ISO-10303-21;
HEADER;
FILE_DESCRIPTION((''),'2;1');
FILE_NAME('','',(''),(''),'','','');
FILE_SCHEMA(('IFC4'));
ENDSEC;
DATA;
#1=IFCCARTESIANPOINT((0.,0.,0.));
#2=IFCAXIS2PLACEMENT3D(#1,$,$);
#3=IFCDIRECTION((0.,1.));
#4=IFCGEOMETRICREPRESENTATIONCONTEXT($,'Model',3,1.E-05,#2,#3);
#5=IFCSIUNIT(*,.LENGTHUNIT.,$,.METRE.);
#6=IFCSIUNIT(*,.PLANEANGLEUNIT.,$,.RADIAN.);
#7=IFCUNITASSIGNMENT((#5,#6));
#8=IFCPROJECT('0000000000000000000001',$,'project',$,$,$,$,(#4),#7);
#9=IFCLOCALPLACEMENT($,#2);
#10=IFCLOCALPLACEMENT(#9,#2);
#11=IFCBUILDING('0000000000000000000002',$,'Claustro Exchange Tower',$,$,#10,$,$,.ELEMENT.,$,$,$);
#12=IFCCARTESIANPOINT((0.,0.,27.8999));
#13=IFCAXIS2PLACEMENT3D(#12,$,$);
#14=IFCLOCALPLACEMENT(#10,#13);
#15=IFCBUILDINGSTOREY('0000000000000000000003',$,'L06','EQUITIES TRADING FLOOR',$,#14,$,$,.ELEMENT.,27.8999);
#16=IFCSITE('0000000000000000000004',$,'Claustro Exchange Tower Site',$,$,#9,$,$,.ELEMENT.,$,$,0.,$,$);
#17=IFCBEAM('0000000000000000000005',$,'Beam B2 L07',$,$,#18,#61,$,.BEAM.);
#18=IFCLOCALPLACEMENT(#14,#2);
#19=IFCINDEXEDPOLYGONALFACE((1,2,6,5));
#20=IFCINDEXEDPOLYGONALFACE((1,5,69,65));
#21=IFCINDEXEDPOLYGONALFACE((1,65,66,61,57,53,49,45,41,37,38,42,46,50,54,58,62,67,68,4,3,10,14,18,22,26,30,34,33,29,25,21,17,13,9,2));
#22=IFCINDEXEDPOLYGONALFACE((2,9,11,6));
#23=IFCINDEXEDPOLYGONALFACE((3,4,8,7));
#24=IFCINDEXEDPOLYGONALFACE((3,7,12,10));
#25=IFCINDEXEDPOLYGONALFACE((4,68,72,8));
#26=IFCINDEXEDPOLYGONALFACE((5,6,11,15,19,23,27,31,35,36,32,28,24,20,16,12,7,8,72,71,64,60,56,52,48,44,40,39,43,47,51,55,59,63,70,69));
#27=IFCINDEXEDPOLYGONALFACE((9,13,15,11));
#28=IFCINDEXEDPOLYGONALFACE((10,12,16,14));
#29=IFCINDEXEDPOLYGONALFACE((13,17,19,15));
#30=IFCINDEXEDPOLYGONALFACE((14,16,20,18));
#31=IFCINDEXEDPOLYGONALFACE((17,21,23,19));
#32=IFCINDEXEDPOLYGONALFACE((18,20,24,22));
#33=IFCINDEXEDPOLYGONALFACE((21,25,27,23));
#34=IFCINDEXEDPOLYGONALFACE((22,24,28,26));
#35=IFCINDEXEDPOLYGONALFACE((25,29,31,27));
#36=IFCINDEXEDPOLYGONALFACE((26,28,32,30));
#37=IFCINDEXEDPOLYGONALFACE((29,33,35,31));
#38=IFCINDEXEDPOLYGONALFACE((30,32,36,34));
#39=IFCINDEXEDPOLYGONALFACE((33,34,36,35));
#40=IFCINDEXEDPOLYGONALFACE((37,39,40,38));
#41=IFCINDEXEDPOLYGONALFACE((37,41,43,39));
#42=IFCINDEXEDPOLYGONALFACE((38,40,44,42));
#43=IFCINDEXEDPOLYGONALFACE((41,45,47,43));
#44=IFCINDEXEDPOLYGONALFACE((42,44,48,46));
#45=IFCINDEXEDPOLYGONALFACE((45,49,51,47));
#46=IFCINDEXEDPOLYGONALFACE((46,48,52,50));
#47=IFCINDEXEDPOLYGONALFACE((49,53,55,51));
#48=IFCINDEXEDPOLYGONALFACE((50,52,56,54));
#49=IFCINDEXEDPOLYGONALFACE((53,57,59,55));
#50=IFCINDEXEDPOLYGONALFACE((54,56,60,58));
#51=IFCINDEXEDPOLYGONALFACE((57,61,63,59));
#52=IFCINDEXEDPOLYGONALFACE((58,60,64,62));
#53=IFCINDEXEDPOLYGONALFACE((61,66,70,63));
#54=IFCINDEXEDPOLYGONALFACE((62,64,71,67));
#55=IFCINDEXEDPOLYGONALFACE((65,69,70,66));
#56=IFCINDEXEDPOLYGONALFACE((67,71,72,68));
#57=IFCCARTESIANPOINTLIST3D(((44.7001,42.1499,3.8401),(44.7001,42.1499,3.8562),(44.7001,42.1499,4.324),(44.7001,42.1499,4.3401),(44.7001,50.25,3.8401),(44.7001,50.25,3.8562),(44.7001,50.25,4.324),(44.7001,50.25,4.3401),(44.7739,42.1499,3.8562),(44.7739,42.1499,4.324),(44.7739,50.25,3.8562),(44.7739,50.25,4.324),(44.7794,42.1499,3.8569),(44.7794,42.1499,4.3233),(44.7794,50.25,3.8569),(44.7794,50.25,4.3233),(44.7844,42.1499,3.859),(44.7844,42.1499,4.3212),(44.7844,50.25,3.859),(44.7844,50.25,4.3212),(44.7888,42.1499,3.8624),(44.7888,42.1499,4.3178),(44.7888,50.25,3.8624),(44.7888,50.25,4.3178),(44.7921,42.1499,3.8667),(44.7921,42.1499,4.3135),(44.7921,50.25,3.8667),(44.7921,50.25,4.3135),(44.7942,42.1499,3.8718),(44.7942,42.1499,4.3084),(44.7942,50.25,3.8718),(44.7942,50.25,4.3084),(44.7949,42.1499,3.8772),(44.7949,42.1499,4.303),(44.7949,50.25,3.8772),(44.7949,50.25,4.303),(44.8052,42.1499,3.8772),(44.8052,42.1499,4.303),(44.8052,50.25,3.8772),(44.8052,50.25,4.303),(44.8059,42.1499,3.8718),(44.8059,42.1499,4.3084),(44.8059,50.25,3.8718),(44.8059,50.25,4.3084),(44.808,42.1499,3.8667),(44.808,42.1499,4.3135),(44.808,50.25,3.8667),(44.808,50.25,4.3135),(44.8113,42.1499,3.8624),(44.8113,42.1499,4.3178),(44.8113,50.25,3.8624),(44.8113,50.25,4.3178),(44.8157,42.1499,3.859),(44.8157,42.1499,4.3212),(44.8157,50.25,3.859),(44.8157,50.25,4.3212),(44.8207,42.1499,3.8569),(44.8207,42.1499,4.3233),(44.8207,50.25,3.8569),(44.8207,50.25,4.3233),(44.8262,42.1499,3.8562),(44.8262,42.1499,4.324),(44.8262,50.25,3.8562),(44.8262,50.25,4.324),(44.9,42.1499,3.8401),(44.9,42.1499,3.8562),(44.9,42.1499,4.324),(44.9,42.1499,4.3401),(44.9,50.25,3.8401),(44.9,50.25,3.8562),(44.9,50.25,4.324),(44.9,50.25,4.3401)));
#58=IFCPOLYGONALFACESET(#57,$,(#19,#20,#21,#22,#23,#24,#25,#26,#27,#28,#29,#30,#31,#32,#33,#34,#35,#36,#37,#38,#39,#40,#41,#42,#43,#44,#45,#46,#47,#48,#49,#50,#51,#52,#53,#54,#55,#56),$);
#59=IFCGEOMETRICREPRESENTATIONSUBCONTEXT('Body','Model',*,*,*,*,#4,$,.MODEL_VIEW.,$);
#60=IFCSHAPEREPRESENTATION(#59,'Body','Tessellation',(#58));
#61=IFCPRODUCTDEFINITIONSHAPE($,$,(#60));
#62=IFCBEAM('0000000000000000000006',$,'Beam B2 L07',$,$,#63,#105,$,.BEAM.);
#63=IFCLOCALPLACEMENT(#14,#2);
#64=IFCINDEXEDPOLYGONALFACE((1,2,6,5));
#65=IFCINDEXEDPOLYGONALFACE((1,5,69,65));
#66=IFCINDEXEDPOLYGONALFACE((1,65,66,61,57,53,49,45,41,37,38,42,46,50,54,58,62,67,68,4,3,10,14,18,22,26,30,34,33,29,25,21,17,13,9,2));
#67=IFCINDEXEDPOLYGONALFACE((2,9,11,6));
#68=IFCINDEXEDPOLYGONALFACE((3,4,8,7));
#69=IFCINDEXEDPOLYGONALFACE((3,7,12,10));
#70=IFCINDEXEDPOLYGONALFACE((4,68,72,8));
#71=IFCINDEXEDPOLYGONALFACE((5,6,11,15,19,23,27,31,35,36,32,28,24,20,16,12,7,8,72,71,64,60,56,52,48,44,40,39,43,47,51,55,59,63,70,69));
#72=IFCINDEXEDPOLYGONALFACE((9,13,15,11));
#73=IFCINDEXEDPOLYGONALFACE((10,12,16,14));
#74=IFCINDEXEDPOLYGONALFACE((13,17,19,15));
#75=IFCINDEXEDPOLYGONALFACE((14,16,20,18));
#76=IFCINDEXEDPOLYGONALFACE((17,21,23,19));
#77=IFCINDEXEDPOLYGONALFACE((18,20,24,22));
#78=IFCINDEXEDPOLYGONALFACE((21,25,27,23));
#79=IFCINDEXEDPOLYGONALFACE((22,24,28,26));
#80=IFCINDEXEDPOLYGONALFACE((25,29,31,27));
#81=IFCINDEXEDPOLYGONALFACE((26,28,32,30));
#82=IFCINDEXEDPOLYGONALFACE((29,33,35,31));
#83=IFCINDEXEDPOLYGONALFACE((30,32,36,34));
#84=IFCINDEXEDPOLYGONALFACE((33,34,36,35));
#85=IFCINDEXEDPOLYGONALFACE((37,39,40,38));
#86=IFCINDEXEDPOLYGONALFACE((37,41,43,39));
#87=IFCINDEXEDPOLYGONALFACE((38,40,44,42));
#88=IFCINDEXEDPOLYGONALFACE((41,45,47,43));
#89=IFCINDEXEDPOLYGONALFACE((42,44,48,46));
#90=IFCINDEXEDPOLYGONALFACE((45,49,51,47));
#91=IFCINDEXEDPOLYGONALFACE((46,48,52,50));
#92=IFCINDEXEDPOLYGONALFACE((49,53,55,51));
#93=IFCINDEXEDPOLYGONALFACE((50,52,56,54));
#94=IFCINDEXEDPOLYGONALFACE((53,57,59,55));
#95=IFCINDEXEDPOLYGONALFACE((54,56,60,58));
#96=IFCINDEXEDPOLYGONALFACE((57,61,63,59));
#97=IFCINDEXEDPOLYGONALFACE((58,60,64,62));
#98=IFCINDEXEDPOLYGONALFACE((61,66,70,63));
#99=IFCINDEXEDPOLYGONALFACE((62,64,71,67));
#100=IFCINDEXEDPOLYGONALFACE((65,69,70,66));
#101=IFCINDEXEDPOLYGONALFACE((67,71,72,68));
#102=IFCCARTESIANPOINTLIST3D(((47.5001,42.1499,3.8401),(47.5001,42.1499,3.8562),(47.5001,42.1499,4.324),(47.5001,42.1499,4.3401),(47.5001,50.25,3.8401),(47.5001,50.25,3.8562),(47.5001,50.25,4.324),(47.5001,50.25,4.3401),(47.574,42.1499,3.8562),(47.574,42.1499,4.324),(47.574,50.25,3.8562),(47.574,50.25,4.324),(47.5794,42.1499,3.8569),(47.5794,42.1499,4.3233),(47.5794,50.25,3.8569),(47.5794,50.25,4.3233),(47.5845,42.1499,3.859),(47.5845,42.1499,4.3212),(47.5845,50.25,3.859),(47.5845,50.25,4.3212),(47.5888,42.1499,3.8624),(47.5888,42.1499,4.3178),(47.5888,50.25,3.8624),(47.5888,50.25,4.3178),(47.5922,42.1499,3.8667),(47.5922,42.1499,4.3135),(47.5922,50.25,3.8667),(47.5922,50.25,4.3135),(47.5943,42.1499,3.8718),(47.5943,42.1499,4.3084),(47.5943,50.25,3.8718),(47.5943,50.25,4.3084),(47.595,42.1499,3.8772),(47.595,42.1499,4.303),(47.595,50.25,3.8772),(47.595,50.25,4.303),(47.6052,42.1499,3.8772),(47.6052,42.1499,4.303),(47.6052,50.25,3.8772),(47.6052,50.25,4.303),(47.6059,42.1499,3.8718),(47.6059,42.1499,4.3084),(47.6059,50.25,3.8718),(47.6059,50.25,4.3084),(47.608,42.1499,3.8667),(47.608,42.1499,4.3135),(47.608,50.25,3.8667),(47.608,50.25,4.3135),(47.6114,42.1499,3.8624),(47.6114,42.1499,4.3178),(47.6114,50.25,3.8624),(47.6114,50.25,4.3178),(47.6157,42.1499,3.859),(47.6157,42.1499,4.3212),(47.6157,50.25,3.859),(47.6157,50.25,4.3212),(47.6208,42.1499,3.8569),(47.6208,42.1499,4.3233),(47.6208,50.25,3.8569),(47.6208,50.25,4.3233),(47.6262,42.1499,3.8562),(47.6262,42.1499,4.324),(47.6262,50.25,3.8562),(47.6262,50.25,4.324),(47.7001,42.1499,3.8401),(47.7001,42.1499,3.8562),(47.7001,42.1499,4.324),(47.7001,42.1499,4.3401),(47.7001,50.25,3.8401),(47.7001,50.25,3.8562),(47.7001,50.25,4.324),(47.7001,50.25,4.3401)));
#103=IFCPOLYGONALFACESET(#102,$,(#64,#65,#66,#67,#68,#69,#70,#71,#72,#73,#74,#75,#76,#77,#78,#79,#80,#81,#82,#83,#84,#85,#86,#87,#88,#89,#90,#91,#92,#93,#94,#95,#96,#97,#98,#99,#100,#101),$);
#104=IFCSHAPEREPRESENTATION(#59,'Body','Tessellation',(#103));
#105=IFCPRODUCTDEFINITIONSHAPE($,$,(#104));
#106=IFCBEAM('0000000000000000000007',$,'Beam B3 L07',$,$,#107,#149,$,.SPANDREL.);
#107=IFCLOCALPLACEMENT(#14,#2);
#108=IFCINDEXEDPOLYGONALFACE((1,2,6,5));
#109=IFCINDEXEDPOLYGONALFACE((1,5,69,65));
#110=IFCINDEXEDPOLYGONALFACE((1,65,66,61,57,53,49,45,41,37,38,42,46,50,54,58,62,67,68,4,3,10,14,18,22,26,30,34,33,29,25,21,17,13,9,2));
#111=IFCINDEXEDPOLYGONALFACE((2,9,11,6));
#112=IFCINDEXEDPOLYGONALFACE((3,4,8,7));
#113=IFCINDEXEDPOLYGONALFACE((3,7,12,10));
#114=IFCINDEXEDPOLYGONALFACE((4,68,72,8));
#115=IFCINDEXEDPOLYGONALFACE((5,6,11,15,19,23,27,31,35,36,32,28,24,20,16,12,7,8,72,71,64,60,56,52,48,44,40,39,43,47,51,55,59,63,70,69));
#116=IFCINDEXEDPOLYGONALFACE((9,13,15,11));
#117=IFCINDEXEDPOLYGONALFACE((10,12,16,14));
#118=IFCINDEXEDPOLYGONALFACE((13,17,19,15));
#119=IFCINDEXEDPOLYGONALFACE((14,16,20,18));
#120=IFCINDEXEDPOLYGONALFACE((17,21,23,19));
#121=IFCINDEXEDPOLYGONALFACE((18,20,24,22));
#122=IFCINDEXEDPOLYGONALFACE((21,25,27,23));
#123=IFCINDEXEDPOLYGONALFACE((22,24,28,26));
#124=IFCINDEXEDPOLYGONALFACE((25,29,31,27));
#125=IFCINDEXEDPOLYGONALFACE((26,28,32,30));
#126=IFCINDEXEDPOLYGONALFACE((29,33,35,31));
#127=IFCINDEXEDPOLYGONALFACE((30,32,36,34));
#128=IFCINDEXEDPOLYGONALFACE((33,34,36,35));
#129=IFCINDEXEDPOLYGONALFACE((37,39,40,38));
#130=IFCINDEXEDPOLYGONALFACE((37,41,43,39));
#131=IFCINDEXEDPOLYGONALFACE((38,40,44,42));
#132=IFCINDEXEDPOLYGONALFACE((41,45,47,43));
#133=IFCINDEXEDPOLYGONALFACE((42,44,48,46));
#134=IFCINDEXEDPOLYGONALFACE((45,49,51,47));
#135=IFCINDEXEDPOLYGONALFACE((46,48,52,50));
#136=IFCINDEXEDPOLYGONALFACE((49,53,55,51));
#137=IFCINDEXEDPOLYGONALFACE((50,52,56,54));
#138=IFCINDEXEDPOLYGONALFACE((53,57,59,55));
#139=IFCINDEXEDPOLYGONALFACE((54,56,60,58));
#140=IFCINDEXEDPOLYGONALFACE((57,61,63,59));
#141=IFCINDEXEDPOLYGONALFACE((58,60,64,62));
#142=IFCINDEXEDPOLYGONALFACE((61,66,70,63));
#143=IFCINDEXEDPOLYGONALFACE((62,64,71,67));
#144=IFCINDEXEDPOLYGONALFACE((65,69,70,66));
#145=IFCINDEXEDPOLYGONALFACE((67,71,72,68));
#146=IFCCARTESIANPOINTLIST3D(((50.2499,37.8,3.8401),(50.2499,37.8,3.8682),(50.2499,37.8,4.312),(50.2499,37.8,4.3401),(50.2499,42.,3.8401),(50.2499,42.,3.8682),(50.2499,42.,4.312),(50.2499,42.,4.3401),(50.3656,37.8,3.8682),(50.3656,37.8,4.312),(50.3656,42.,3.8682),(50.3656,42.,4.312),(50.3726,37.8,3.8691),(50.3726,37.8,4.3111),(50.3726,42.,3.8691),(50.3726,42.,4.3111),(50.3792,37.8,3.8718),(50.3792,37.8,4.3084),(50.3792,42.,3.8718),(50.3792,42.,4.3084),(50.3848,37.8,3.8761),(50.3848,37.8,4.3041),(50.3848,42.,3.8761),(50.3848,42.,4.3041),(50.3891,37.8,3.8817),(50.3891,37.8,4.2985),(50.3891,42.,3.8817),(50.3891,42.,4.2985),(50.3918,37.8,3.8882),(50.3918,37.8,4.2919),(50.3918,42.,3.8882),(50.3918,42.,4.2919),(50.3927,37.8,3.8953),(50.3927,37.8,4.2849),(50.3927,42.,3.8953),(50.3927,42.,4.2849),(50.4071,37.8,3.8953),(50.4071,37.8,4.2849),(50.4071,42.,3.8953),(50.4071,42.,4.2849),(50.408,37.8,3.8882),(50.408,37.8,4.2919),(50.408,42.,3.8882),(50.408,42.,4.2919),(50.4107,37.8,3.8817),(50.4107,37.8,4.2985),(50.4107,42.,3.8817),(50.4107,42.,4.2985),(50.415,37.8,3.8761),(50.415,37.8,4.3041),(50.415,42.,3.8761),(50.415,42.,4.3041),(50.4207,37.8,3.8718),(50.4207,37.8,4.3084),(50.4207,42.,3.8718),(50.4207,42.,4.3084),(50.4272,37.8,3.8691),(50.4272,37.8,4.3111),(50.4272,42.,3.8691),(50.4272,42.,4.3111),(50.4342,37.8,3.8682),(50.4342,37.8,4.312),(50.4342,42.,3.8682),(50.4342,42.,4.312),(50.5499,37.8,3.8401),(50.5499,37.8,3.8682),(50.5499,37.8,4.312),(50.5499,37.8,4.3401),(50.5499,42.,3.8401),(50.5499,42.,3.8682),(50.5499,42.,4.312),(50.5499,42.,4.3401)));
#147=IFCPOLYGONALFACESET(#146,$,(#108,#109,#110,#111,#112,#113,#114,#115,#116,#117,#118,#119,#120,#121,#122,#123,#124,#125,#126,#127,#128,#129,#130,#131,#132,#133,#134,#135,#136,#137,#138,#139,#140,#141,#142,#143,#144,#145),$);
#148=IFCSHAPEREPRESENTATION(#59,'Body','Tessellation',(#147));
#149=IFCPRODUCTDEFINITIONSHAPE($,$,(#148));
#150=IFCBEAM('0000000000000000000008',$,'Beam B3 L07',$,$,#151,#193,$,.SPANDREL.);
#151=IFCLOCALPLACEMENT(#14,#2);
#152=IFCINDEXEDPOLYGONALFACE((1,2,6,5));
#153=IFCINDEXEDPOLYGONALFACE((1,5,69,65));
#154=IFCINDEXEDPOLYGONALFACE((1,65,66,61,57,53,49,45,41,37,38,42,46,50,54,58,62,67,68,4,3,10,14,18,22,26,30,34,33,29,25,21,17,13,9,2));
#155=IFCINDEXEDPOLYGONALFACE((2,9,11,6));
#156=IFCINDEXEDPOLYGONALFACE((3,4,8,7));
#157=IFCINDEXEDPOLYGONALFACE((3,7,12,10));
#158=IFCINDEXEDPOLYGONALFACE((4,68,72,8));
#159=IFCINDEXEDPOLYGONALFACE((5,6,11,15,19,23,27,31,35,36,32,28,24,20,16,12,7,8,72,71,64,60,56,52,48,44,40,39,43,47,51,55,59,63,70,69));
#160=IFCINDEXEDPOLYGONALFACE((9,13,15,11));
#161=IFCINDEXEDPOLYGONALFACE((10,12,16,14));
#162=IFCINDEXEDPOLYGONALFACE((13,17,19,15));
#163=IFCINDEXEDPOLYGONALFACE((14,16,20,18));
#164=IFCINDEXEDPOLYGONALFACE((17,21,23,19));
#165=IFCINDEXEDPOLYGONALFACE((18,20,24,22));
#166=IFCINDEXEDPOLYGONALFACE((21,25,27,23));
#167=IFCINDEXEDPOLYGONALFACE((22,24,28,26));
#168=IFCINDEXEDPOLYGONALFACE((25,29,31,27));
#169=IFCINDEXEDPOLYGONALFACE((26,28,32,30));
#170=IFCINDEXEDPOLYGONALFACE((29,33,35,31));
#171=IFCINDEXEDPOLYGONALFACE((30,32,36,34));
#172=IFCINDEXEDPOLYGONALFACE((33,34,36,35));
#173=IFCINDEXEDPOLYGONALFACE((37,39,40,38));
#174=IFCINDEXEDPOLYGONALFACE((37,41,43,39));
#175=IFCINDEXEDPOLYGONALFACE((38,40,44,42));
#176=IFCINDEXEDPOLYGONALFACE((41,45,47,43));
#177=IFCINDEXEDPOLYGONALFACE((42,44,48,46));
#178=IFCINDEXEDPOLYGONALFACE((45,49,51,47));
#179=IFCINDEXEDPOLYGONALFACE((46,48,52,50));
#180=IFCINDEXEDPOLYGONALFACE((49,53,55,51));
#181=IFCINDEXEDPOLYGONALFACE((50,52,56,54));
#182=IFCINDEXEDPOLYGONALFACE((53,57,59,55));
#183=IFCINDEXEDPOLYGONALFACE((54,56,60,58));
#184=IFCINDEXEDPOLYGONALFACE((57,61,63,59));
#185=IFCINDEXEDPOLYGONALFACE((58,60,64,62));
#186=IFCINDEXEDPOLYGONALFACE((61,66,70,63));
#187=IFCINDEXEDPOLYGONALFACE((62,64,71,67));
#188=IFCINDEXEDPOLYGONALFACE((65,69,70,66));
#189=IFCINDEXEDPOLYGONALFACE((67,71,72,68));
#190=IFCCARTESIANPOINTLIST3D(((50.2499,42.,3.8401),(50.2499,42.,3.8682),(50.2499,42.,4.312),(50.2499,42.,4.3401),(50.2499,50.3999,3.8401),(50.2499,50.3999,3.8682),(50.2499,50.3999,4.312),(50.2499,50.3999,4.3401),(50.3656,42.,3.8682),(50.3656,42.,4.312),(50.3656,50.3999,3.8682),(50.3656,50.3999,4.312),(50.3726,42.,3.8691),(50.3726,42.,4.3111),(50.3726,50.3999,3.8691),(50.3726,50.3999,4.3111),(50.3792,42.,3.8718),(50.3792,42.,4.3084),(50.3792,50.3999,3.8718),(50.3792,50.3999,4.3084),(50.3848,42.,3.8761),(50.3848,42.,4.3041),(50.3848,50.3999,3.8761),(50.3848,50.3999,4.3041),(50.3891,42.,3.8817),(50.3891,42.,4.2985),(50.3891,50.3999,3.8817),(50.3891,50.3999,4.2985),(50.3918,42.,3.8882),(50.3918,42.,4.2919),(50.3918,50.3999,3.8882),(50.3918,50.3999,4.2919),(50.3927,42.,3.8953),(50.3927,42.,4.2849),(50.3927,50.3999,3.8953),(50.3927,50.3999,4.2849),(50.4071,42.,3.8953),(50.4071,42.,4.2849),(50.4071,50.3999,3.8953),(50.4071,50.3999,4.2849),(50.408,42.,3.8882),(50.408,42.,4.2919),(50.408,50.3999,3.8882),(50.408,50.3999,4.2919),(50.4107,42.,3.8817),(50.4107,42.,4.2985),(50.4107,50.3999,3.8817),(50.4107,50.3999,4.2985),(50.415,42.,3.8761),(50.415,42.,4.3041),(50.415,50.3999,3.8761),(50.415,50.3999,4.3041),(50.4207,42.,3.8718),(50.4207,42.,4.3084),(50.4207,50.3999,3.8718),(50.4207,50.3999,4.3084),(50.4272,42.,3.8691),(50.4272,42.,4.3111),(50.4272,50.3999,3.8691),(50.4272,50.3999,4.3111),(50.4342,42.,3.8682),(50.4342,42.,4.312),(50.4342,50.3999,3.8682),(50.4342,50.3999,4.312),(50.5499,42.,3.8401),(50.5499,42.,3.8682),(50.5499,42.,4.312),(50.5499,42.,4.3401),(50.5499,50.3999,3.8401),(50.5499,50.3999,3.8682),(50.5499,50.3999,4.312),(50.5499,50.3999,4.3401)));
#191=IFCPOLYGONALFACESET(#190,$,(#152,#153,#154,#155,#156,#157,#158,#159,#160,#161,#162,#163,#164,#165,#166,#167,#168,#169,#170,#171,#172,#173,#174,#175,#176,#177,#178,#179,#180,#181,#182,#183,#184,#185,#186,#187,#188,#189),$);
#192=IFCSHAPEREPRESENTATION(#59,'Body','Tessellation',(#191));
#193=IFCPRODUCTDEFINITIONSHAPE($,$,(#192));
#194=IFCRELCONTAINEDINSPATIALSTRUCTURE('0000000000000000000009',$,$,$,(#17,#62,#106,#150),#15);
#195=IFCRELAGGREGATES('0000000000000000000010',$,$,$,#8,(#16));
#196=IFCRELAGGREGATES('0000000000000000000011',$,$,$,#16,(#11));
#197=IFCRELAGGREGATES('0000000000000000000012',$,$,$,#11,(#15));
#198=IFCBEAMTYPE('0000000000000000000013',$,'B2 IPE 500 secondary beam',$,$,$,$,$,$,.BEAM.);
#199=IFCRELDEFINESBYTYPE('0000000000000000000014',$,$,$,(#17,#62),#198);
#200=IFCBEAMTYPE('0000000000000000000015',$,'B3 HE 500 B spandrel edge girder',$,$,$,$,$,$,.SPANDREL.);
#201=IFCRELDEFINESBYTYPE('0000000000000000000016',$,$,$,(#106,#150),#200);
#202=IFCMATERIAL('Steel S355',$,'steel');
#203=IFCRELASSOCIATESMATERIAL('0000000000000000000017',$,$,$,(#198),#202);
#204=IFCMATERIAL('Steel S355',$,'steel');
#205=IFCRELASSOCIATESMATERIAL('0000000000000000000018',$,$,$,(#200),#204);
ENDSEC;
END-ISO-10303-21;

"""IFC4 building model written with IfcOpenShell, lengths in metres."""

from ifc_helpers import new_model, si_unit, direction, frame, origin, origin_2d, place, context, subcontext, project, spatial, i_section, extrude, material, material_profile, profile_set, type_object, element, save


model = new_model("IFC4")

# Units and contexts
model_context = context("Model", 3, precision=1e-05, world=origin(), true_north=direction((0.0, 1.0)))
body_context = subcontext(model_context, "Body", "Model", "MODEL_VIEW")
ifc_project = project(units=[si_unit("LENGTHUNIT", "METRE"), si_unit("PLANEANGLEUNIT", "RADIAN")], contexts=[model_context])

# Site, building, storey
site_placement = place(None, origin())
site = spatial("IfcSite", under=ifc_project, at=site_placement, Name="Claustro Exchange Tower Site", CompositionType="ELEMENT", RefElevation=0.0)
building_placement = place(site_placement, origin())
building = spatial("IfcBuilding", under=site, at=building_placement, Name="Claustro Exchange Tower", CompositionType="ELEMENT")
storey_placement = place(building_placement, frame((0.0, 0.0, 27.8999)))
storey = spatial("IfcBuildingStorey", under=building, at=storey_placement, Name="L06", Description="EQUITIES TRADING FLOOR", CompositionType="ELEMENT", Elevation=27.8999)

# Beams
ifc_material_1 = material(Name="Steel S355", Category="steel")
ifc_material_profile_1 = material_profile(ifc_material_1, i_section(OverallWidth=0.2, OverallDepth=0.5, WebThickness=0.0103, FlangeThickness=0.0161, FilletRadius=0.021, at=origin_2d()), Name="IPE 500")
ifc_profile_set_1 = profile_set([ifc_material_profile_1], Name="Steel S355")
beam_type_1 = type_object("IfcBeamType", Name="B2 IPE 500 secondary beam", PredefinedType="BEAM", material=ifc_profile_set_1)
for number, where, z_axis, x_axis, name in (
    (1, (44.8, 42.1499, 4.0901), (0.0, 1.0, 0.0), (-1.0, 0.0, 0.0), "Beam B2 L07"),
    (2, (47.6001, 42.1499, 4.0901), (0.0, 1.0, 0.0), (-1.0, 0.0, 0.0), "Beam B2 L07"),
):
    element("IfcBeam", number, at=place(storey_placement, frame(where, z_axis=z_axis, x_axis=x_axis)), inside=storey, type_object=beam_type_1, Name=name, PredefinedType="BEAM", context=body_context, shape_type="SweptSolid", body=[
        extrude(i_section(OverallWidth=0.2, OverallDepth=0.5, WebThickness=0.0103, FlangeThickness=0.0161, FilletRadius=0.021, at=origin_2d()), origin(), (0.0, 0.0, 1.0), 8.1001),
    ])
ifc_material_2 = material(Name="Steel S355", Category="steel")
ifc_material_profile_2 = material_profile(ifc_material_2, i_section(OverallWidth=0.3, OverallDepth=0.5, WebThickness=0.0144, FlangeThickness=0.0281, FilletRadius=0.0271, at=origin_2d()), Name="HE 500 B")
ifc_profile_set_2 = profile_set([ifc_material_profile_2], Name="Steel S355")
beam_type_2 = type_object("IfcBeamType", Name="B3 HE 500 B spandrel edge girder", PredefinedType="SPANDREL", material=ifc_profile_set_2)
beam_placement = place(storey_placement, frame((50.3999, 37.8, 4.0901), z_axis=(0.0, 1.0, 0.0), x_axis=(-1.0, 0.0, 0.0)))
element("IfcBeam", 3, at=beam_placement, inside=storey, type_object=beam_type_2, Name="Beam B3 L07", PredefinedType="SPANDREL", context=body_context, shape_type="SweptSolid", body=[
    extrude(i_section(OverallWidth=0.3, OverallDepth=0.5, WebThickness=0.0144, FlangeThickness=0.0281, FilletRadius=0.0271, at=origin_2d()), origin(), (0.0, 0.0, 1.0), 4.2),
])
for number, where, z_axis, x_axis, name in (
    (4, (50.3999, 42.0, 4.0901), (0.0, 1.0, 0.0), (-1.0, 0.0, 0.0), "Beam B3 L07"),
):
    element("IfcBeam", number, at=place(storey_placement, frame(where, z_axis=z_axis, x_axis=x_axis)), inside=storey, type_object=beam_type_2, Name=name, PredefinedType="SPANDREL", context=body_context, shape_type="SweptSolid", body=[
        extrude(i_section(OverallWidth=0.3, OverallDepth=0.5, WebThickness=0.0144, FlangeThickness=0.0281, FilletRadius=0.0271, at=origin_2d()), origin(), (0.0, 0.0, 1.0), 8.3999),
    ])

save(model, "model.ifc")
